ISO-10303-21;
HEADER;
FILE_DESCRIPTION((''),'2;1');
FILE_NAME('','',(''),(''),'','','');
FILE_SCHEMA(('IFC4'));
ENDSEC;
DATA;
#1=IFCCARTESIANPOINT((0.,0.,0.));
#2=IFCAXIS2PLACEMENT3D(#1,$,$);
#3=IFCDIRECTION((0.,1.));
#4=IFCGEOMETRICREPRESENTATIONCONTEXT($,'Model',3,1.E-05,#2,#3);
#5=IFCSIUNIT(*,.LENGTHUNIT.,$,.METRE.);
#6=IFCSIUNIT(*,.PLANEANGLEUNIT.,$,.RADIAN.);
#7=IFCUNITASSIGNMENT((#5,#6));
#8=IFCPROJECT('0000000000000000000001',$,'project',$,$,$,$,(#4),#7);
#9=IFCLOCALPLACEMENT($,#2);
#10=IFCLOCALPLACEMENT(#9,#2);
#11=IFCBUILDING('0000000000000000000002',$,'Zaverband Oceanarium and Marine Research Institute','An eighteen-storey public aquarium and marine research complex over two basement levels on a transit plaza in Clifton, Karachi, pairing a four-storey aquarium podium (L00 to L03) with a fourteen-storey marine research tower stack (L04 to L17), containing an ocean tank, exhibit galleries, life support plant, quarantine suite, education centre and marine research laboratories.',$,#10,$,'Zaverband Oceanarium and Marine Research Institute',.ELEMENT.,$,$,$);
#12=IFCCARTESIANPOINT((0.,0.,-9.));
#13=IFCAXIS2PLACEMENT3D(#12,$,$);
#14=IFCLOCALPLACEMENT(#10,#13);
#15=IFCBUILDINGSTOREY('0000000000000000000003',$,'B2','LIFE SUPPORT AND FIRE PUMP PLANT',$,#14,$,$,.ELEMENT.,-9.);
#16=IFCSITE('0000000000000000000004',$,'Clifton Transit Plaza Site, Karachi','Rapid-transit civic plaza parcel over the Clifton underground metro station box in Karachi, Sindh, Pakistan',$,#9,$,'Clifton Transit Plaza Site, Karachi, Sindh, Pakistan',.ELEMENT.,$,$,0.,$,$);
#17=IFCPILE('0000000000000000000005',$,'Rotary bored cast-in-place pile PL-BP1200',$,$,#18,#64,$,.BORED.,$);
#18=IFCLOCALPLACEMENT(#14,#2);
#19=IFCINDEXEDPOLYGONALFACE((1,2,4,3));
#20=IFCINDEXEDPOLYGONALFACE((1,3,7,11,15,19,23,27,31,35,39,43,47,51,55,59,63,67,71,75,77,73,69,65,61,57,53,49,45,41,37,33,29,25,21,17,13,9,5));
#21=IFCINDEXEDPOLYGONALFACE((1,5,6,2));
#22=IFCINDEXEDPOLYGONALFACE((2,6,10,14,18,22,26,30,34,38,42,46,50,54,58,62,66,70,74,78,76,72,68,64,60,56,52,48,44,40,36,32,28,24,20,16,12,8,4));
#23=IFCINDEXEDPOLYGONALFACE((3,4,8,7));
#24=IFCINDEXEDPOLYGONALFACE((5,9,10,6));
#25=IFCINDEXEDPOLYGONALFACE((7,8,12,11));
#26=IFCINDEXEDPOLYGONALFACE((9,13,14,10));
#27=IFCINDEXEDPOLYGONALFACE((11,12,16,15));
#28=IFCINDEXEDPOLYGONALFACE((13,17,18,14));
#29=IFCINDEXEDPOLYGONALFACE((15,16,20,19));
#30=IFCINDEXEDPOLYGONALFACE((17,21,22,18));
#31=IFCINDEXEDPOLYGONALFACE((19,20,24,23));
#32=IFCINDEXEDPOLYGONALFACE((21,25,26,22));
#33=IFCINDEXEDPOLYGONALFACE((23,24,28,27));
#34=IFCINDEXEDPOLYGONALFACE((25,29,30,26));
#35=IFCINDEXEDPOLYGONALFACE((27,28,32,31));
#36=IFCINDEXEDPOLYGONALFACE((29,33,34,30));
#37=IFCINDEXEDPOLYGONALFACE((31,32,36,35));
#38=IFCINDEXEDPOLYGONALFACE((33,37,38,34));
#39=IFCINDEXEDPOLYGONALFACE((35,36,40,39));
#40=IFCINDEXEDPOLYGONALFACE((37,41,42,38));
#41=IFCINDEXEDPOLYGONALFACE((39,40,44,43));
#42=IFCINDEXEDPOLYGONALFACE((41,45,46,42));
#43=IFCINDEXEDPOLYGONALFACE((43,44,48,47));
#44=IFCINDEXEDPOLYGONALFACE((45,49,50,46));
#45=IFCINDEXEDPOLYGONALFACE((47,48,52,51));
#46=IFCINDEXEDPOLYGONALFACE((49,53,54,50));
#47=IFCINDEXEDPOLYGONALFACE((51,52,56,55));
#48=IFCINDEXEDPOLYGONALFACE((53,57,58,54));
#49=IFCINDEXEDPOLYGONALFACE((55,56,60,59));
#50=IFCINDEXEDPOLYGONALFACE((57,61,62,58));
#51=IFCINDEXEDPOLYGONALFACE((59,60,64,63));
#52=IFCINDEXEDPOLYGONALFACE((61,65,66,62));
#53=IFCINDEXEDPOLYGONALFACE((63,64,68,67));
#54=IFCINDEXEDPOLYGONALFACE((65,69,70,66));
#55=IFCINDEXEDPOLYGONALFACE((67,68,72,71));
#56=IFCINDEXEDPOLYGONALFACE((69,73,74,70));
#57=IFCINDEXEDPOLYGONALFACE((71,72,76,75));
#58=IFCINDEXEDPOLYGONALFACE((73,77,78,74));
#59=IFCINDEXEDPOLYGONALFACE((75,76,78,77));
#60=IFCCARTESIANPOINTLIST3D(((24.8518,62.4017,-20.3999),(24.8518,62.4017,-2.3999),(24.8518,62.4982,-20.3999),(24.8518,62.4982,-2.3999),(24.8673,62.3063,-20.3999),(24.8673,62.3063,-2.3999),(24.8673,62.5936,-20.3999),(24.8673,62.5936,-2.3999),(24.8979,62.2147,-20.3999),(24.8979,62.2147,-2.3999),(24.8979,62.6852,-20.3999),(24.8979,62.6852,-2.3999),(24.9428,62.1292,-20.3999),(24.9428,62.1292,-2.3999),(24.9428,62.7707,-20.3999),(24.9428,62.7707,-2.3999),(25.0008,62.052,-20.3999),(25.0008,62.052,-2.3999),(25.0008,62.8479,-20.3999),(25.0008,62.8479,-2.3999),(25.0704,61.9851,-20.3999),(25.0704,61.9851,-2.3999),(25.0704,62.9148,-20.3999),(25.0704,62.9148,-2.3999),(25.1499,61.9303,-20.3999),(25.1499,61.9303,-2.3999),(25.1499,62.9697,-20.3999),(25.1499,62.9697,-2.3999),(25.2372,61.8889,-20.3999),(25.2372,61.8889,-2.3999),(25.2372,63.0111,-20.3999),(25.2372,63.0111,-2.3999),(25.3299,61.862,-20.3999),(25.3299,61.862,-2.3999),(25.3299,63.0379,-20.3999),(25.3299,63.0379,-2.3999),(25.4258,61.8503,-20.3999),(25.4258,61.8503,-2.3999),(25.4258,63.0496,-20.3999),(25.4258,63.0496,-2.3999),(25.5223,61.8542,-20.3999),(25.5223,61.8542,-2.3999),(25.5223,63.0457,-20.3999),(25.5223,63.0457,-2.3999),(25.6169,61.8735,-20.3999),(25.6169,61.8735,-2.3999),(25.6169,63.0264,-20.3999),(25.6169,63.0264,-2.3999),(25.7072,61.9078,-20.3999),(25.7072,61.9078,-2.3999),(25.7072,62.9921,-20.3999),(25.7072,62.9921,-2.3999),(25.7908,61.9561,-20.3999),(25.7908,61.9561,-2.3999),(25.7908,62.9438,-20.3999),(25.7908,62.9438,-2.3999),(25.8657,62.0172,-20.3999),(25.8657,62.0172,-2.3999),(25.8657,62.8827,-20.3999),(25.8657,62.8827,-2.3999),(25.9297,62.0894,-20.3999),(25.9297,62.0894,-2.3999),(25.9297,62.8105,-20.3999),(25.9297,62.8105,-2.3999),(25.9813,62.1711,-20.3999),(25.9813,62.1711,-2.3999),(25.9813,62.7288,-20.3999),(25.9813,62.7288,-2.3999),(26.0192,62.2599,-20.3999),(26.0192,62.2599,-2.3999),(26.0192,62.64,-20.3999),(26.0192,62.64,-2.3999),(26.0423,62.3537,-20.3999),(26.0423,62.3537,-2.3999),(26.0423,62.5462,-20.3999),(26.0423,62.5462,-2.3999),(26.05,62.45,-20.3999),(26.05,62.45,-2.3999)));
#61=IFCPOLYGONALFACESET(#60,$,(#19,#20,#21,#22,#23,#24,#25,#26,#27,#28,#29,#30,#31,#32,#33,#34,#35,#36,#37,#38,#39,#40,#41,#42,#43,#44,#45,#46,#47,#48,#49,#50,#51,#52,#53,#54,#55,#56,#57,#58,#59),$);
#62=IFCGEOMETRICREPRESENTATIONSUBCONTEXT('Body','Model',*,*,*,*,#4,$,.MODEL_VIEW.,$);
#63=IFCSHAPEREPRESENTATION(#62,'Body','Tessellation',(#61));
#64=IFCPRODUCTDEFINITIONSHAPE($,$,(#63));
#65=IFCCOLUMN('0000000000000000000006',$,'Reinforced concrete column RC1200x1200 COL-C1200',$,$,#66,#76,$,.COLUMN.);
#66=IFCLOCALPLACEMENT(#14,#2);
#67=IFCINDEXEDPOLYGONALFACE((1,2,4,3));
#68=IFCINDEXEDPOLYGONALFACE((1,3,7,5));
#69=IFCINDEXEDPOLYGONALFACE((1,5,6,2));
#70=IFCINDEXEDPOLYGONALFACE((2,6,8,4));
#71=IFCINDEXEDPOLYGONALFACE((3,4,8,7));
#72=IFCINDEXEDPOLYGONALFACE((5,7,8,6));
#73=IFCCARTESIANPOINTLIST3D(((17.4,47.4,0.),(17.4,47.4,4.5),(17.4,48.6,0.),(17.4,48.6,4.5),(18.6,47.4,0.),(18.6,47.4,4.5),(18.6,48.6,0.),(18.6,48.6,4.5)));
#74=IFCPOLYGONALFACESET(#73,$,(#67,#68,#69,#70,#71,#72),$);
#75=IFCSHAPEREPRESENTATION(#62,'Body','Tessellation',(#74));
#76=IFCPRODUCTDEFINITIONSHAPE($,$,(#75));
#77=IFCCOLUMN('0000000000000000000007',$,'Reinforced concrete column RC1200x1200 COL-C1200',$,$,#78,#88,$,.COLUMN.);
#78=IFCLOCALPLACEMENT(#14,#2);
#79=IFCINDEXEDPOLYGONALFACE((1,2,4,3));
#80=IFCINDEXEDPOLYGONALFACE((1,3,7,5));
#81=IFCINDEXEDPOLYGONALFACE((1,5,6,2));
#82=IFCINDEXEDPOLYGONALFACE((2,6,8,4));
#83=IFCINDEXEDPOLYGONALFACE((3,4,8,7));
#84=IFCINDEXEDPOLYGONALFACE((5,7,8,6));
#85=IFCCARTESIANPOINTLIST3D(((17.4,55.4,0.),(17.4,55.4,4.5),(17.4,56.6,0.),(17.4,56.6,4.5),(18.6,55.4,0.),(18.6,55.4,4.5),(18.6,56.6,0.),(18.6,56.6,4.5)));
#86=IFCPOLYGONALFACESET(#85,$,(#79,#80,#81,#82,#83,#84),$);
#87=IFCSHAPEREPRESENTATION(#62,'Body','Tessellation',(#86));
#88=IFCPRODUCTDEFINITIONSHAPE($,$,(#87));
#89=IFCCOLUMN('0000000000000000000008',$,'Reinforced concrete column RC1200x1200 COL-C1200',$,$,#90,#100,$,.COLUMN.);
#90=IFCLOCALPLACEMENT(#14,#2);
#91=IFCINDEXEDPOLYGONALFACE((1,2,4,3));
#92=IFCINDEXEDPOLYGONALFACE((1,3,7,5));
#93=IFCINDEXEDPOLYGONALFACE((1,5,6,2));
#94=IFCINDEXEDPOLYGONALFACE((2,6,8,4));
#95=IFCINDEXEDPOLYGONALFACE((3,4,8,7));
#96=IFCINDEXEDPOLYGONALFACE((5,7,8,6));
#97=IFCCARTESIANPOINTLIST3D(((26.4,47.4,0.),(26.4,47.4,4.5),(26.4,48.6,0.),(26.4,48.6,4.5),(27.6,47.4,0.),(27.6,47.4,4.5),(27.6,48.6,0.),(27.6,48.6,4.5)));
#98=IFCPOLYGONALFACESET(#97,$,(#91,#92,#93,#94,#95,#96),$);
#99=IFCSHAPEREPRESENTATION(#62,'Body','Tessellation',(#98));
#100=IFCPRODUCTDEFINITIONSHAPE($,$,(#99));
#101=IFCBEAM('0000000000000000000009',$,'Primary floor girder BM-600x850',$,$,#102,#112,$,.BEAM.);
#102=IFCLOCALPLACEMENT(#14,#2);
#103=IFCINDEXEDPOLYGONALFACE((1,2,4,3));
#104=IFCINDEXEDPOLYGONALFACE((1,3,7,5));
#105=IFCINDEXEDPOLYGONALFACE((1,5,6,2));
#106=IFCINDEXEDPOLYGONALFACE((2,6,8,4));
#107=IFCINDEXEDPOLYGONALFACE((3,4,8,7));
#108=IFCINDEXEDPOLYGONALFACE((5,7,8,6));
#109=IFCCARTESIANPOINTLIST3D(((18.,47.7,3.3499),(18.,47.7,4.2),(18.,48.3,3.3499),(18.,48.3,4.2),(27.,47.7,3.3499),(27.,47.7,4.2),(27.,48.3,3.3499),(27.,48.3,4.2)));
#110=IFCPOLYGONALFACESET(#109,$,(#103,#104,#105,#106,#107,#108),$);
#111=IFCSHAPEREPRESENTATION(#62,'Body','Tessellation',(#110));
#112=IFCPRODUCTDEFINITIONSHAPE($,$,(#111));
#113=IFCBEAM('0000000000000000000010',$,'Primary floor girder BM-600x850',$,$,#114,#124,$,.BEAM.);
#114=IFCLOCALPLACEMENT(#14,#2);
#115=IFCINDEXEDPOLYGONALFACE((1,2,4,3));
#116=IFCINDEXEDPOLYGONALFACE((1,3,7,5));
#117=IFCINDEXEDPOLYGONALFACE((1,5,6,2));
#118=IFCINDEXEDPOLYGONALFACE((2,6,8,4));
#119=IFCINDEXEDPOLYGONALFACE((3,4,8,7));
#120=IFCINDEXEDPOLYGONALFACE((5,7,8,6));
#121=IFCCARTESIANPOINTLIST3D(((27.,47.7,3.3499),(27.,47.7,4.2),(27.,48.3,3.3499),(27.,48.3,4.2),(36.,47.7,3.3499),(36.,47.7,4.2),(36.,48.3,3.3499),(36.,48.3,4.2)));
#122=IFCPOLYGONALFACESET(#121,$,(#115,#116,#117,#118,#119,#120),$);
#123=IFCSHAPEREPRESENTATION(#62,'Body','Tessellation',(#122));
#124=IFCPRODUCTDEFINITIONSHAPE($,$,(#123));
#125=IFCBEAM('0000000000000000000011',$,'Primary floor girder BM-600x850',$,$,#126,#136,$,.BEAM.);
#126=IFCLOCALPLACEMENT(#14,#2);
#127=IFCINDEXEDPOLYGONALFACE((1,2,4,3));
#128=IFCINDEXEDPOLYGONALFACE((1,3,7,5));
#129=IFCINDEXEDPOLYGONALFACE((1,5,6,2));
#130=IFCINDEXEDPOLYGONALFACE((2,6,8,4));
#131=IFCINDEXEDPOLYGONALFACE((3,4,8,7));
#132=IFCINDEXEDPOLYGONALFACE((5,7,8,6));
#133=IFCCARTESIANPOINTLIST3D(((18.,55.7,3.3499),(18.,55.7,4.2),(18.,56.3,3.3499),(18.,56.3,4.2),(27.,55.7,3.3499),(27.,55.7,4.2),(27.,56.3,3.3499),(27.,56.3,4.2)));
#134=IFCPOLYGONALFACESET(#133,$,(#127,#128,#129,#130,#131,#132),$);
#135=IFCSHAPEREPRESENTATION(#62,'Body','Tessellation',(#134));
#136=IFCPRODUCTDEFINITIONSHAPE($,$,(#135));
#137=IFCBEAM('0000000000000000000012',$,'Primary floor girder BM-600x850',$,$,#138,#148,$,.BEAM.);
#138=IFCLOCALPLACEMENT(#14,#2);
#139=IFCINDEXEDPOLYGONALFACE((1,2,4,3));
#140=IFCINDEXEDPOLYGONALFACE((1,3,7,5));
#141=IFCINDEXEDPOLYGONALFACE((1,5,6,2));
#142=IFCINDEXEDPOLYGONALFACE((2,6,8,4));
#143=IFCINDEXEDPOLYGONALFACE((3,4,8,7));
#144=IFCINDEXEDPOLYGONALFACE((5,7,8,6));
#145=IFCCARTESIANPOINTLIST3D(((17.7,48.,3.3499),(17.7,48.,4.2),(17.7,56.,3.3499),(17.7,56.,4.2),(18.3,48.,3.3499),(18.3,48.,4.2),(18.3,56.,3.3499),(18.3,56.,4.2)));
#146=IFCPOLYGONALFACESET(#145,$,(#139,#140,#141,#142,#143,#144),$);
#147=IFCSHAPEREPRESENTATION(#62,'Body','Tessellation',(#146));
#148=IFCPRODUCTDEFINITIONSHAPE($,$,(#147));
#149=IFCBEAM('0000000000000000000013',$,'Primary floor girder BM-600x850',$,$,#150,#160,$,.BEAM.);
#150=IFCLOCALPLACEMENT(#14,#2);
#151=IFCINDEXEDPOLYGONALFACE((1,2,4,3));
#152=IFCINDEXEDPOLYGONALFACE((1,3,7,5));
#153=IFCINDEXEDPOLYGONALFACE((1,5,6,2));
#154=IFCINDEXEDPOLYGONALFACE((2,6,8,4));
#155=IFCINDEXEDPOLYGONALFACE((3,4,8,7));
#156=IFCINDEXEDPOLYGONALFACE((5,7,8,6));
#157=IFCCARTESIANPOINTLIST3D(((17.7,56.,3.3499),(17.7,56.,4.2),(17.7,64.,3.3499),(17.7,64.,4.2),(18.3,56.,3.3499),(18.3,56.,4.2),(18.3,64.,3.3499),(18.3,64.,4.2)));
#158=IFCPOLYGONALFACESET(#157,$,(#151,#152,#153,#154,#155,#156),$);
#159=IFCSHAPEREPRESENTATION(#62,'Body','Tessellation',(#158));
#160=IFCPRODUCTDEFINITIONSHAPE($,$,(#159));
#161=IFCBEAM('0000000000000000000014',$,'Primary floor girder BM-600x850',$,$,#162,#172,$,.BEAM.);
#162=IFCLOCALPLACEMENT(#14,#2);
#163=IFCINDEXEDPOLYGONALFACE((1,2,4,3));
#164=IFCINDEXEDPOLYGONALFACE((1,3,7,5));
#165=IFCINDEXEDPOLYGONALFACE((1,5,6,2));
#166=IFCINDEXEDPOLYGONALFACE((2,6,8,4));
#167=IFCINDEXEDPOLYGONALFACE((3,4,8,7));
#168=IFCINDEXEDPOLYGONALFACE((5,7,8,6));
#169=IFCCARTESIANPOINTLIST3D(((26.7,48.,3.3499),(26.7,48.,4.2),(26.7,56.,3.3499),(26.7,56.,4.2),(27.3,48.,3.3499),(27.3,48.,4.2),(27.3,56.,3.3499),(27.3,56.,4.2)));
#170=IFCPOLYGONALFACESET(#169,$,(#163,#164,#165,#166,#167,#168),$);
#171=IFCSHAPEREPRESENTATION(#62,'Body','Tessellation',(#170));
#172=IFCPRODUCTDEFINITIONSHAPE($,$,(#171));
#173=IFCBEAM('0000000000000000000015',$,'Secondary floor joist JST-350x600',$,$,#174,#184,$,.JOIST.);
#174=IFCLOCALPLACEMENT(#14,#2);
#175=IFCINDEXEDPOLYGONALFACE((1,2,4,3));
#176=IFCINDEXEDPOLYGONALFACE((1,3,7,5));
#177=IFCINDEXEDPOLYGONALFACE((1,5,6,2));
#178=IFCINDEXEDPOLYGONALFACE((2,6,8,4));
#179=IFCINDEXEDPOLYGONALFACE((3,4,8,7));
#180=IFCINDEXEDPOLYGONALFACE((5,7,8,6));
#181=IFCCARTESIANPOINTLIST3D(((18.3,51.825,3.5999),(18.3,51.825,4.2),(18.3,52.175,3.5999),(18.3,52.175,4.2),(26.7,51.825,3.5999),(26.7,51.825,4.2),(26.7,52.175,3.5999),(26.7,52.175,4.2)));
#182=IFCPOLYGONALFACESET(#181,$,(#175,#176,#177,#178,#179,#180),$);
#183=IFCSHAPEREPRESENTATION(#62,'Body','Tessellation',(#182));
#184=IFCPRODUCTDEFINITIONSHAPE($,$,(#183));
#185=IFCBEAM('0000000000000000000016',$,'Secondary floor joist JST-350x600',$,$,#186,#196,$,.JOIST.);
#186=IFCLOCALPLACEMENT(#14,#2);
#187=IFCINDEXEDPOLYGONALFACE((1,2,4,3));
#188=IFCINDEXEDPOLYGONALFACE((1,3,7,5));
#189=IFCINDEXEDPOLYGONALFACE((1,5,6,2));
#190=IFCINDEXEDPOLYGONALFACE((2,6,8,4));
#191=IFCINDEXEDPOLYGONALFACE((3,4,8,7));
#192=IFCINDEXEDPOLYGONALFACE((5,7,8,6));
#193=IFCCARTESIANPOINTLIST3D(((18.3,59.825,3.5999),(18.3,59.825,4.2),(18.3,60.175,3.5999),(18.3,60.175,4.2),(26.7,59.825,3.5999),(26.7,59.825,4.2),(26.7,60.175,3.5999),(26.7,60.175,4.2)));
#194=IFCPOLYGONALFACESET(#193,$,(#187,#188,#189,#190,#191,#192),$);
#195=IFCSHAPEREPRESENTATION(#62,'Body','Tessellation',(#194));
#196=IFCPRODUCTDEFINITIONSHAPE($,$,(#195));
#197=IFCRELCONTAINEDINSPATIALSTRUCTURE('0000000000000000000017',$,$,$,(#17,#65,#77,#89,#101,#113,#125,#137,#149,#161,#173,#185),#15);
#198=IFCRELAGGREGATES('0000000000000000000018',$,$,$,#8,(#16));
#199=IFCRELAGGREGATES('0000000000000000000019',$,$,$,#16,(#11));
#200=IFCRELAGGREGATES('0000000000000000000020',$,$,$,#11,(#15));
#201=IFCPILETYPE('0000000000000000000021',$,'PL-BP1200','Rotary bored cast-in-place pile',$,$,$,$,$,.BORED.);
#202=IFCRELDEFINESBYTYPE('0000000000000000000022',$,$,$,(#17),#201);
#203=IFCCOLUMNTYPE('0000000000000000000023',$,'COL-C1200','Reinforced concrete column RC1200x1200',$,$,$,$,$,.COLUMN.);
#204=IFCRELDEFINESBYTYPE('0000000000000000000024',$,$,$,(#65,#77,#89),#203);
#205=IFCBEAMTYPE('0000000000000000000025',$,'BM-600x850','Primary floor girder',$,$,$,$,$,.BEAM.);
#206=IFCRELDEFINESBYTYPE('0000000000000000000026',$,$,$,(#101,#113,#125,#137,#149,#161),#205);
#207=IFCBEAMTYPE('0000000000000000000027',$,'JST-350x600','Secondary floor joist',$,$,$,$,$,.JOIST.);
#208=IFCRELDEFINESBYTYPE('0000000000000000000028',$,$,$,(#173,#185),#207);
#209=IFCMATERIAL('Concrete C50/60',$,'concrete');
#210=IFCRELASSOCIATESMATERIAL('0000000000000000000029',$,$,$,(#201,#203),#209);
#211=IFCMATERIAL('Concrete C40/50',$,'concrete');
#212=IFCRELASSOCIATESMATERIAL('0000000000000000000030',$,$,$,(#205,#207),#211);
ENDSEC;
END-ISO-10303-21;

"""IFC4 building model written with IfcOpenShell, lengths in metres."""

from ifc_helpers import new_model, si_unit, direction, frame, origin, origin_2d, place, context, subcontext, project, spatial, rectangle, circle, extrude, material, material_profile, profile_set, type_object, element, save


model = new_model("IFC4")

# Units and contexts
model_context = context("Model", 3, precision=1e-05, world=origin(), true_north=direction((0.0, 1.0)))
body_context = subcontext(model_context, "Body", "Model", "MODEL_VIEW")
ifc_project = project(units=[si_unit("LENGTHUNIT", "METRE"), si_unit("PLANEANGLEUNIT", "RADIAN")], contexts=[model_context])

# Site, building, storey
site_placement = place(None, origin())
site = spatial("IfcSite", under=ifc_project, at=site_placement, Name="Clifton Transit Plaza Site, Karachi", Description="Rapid-transit civic plaza parcel over the Clifton underground metro station box in Karachi, Sindh, Pakistan", LongName="Clifton Transit Plaza Site, Karachi, Sindh, Pakistan", CompositionType="ELEMENT", RefElevation=0.0)
building_placement = place(site_placement, origin())
building = spatial("IfcBuilding", under=site, at=building_placement, Name="Zaverband Oceanarium and Marine Research Institute", Description="An eighteen-storey public aquarium and marine research complex over two basement levels on a transit plaza in Clifton, Karachi, pairing a four-storey aquarium podium (L00 to L03) with a fourteen-storey marine research tower stack (L04 to L17), containing an ocean tank, exhibit galleries, life support plant, quarantine suite, education centre and marine research laboratories.", LongName="Zaverband Oceanarium and Marine Research Institute", CompositionType="ELEMENT")
storey_placement = place(building_placement, frame((0.0, 0.0, -9.0)))
storey = spatial("IfcBuildingStorey", under=building, at=storey_placement, Name="B2", Description="LIFE SUPPORT AND FIRE PUMP PLANT", CompositionType="ELEMENT", Elevation=-9.0)

# Shared definitions
ifc_material_1 = material(Name="Concrete C50/60", Category="concrete")

# Pile
ifc_material_profile_1 = material_profile(ifc_material_1, circle(Radius=0.6001, at=origin_2d()), Name="BP1200")
ifc_profile_set_1 = profile_set([ifc_material_profile_1], Name="Concrete C50/60")
pile_type = type_object("IfcPileType", Name="PL-BP1200", Description="Rotary bored cast-in-place pile", PredefinedType="BORED", material=ifc_profile_set_1)
for number, where, z_axis, x_axis, name in (
    (1, (25.45, 62.45, -2.3999), (0.0, 0.0, -1.0), (1.0, 0.0, 0.0), "Rotary bored cast-in-place pile PL-BP1200"),
):
    element("IfcPile", number, at=place(storey_placement, frame(where, z_axis=z_axis, x_axis=x_axis)), inside=storey, type_object=pile_type, Name=name, PredefinedType="BORED", context=body_context, shape_type="SweptSolid", body=[
        extrude(circle(Radius=0.6001, at=origin_2d()), origin(), (0.0, 0.0, 1.0), 18.0),
    ])

# Columns
ifc_material_profile_2 = material_profile(ifc_material_1, rectangle(XDim=1.2, YDim=1.2, at=origin_2d()), Name="RC1200x1200")
ifc_profile_set_2 = profile_set([ifc_material_profile_2], Name="Concrete C50/60")
column_type = type_object("IfcColumnType", Name="COL-C1200", Description="Reinforced concrete column RC1200x1200", PredefinedType="COLUMN", material=ifc_profile_set_2)
for number, where, z_axis, x_axis, name in (
    (2, (18.0, 48.0, 0.0), (0.0, 0.0, 1.0), (1.0, 0.0, 0.0), "Reinforced concrete column RC1200x1200 COL-C1200"),
    (3, (18.0, 56.0, 0.0), (0.0, 0.0, 1.0), (1.0, 0.0, 0.0), "Reinforced concrete column RC1200x1200 COL-C1200"),
    (4, (27.0, 48.0, 0.0), (0.0, 0.0, 1.0), (1.0, 0.0, 0.0), "Reinforced concrete column RC1200x1200 COL-C1200"),
):
    element("IfcColumn", number, at=place(storey_placement, frame(where, z_axis=z_axis, x_axis=x_axis)), inside=storey, type_object=column_type, Name=name, PredefinedType="COLUMN", context=body_context, shape_type="SweptSolid", body=[
        extrude(rectangle(XDim=1.2, YDim=1.2, at=origin_2d()), origin(), (0.0, 0.0, 1.0), 4.5),
    ])

# Beams
ifc_material_2 = material(Name="Concrete C40/50", Category="concrete")
ifc_material_profile_3 = material_profile(ifc_material_2, rectangle(XDim=0.6001, YDim=0.8501, at=origin_2d()), Name="RC600x850")
ifc_profile_set_3 = profile_set([ifc_material_profile_3], Name="Concrete C40/50")
beam_type_1 = type_object("IfcBeamType", Name="BM-600x850", Description="Primary floor girder", PredefinedType="BEAM", material=ifc_profile_set_3)
for number, where, z_axis, x_axis, name in (
    (5, (18.0, 48.0, 3.7749), (1.0, 0.0, 0.0), (0.0, 1.0, 0.0), "Primary floor girder BM-600x850"),
    (6, (27.0, 48.0, 3.7749), (1.0, 0.0, 0.0), (0.0, 1.0, 0.0), "Primary floor girder BM-600x850"),
    (7, (18.0, 56.0, 3.7749), (1.0, 0.0, 0.0), (0.0, 1.0, 0.0), "Primary floor girder BM-600x850"),
):
    element("IfcBeam", number, at=place(storey_placement, frame(where, z_axis=z_axis, x_axis=x_axis)), inside=storey, type_object=beam_type_1, Name=name, PredefinedType="BEAM", context=body_context, shape_type="SweptSolid", body=[
        extrude(rectangle(XDim=0.6001, YDim=0.8501, at=origin_2d()), origin(), (0.0, 0.0, 1.0), 9.0),
    ])
for number, where, z_axis, x_axis, name in (
    (8, (18.0, 48.0, 3.7749), (0.0, 1.0, 0.0), (-1.0, 0.0, 0.0), "Primary floor girder BM-600x850"),
    (9, (18.0, 56.0, 3.7749), (0.0, 1.0, 0.0), (-1.0, 0.0, 0.0), "Primary floor girder BM-600x850"),
    (10, (27.0, 48.0, 3.7749), (0.0, 1.0, 0.0), (-1.0, 0.0, 0.0), "Primary floor girder BM-600x850"),
):
    element("IfcBeam", number, at=place(storey_placement, frame(where, z_axis=z_axis, x_axis=x_axis)), inside=storey, type_object=beam_type_1, Name=name, PredefinedType="BEAM", context=body_context, shape_type="SweptSolid", body=[
        extrude(rectangle(XDim=0.6001, YDim=0.8501, at=origin_2d()), origin(), (0.0, 0.0, 1.0), 8.0),
    ])
ifc_material_profile_4 = material_profile(ifc_material_2, rectangle(XDim=0.3501, YDim=0.6001, at=origin_2d()), Name="RC350x600")
ifc_profile_set_4 = profile_set([ifc_material_profile_4], Name="Concrete C40/50")
beam_type_2 = type_object("IfcBeamType", Name="JST-350x600", Description="Secondary floor joist", PredefinedType="JOIST", material=ifc_profile_set_4)
for number, where, z_axis, x_axis, name in (
    (11, (18.3, 52.0, 3.8999), (1.0, 0.0, 0.0), (0.0, 1.0, 0.0), "Secondary floor joist JST-350x600"),
    (12, (18.3, 60.0, 3.8999), (1.0, 0.0, 0.0), (0.0, 1.0, 0.0), "Secondary floor joist JST-350x600"),
):
    element("IfcBeam", number, at=place(storey_placement, frame(where, z_axis=z_axis, x_axis=x_axis)), inside=storey, type_object=beam_type_2, Name=name, PredefinedType="JOIST", context=body_context, shape_type="SweptSolid", body=[
        extrude(rectangle(XDim=0.3501, YDim=0.6001, at=origin_2d()), origin(), (0.0, 0.0, 1.0), 8.3999),
    ])

save(model, "model.ifc")
